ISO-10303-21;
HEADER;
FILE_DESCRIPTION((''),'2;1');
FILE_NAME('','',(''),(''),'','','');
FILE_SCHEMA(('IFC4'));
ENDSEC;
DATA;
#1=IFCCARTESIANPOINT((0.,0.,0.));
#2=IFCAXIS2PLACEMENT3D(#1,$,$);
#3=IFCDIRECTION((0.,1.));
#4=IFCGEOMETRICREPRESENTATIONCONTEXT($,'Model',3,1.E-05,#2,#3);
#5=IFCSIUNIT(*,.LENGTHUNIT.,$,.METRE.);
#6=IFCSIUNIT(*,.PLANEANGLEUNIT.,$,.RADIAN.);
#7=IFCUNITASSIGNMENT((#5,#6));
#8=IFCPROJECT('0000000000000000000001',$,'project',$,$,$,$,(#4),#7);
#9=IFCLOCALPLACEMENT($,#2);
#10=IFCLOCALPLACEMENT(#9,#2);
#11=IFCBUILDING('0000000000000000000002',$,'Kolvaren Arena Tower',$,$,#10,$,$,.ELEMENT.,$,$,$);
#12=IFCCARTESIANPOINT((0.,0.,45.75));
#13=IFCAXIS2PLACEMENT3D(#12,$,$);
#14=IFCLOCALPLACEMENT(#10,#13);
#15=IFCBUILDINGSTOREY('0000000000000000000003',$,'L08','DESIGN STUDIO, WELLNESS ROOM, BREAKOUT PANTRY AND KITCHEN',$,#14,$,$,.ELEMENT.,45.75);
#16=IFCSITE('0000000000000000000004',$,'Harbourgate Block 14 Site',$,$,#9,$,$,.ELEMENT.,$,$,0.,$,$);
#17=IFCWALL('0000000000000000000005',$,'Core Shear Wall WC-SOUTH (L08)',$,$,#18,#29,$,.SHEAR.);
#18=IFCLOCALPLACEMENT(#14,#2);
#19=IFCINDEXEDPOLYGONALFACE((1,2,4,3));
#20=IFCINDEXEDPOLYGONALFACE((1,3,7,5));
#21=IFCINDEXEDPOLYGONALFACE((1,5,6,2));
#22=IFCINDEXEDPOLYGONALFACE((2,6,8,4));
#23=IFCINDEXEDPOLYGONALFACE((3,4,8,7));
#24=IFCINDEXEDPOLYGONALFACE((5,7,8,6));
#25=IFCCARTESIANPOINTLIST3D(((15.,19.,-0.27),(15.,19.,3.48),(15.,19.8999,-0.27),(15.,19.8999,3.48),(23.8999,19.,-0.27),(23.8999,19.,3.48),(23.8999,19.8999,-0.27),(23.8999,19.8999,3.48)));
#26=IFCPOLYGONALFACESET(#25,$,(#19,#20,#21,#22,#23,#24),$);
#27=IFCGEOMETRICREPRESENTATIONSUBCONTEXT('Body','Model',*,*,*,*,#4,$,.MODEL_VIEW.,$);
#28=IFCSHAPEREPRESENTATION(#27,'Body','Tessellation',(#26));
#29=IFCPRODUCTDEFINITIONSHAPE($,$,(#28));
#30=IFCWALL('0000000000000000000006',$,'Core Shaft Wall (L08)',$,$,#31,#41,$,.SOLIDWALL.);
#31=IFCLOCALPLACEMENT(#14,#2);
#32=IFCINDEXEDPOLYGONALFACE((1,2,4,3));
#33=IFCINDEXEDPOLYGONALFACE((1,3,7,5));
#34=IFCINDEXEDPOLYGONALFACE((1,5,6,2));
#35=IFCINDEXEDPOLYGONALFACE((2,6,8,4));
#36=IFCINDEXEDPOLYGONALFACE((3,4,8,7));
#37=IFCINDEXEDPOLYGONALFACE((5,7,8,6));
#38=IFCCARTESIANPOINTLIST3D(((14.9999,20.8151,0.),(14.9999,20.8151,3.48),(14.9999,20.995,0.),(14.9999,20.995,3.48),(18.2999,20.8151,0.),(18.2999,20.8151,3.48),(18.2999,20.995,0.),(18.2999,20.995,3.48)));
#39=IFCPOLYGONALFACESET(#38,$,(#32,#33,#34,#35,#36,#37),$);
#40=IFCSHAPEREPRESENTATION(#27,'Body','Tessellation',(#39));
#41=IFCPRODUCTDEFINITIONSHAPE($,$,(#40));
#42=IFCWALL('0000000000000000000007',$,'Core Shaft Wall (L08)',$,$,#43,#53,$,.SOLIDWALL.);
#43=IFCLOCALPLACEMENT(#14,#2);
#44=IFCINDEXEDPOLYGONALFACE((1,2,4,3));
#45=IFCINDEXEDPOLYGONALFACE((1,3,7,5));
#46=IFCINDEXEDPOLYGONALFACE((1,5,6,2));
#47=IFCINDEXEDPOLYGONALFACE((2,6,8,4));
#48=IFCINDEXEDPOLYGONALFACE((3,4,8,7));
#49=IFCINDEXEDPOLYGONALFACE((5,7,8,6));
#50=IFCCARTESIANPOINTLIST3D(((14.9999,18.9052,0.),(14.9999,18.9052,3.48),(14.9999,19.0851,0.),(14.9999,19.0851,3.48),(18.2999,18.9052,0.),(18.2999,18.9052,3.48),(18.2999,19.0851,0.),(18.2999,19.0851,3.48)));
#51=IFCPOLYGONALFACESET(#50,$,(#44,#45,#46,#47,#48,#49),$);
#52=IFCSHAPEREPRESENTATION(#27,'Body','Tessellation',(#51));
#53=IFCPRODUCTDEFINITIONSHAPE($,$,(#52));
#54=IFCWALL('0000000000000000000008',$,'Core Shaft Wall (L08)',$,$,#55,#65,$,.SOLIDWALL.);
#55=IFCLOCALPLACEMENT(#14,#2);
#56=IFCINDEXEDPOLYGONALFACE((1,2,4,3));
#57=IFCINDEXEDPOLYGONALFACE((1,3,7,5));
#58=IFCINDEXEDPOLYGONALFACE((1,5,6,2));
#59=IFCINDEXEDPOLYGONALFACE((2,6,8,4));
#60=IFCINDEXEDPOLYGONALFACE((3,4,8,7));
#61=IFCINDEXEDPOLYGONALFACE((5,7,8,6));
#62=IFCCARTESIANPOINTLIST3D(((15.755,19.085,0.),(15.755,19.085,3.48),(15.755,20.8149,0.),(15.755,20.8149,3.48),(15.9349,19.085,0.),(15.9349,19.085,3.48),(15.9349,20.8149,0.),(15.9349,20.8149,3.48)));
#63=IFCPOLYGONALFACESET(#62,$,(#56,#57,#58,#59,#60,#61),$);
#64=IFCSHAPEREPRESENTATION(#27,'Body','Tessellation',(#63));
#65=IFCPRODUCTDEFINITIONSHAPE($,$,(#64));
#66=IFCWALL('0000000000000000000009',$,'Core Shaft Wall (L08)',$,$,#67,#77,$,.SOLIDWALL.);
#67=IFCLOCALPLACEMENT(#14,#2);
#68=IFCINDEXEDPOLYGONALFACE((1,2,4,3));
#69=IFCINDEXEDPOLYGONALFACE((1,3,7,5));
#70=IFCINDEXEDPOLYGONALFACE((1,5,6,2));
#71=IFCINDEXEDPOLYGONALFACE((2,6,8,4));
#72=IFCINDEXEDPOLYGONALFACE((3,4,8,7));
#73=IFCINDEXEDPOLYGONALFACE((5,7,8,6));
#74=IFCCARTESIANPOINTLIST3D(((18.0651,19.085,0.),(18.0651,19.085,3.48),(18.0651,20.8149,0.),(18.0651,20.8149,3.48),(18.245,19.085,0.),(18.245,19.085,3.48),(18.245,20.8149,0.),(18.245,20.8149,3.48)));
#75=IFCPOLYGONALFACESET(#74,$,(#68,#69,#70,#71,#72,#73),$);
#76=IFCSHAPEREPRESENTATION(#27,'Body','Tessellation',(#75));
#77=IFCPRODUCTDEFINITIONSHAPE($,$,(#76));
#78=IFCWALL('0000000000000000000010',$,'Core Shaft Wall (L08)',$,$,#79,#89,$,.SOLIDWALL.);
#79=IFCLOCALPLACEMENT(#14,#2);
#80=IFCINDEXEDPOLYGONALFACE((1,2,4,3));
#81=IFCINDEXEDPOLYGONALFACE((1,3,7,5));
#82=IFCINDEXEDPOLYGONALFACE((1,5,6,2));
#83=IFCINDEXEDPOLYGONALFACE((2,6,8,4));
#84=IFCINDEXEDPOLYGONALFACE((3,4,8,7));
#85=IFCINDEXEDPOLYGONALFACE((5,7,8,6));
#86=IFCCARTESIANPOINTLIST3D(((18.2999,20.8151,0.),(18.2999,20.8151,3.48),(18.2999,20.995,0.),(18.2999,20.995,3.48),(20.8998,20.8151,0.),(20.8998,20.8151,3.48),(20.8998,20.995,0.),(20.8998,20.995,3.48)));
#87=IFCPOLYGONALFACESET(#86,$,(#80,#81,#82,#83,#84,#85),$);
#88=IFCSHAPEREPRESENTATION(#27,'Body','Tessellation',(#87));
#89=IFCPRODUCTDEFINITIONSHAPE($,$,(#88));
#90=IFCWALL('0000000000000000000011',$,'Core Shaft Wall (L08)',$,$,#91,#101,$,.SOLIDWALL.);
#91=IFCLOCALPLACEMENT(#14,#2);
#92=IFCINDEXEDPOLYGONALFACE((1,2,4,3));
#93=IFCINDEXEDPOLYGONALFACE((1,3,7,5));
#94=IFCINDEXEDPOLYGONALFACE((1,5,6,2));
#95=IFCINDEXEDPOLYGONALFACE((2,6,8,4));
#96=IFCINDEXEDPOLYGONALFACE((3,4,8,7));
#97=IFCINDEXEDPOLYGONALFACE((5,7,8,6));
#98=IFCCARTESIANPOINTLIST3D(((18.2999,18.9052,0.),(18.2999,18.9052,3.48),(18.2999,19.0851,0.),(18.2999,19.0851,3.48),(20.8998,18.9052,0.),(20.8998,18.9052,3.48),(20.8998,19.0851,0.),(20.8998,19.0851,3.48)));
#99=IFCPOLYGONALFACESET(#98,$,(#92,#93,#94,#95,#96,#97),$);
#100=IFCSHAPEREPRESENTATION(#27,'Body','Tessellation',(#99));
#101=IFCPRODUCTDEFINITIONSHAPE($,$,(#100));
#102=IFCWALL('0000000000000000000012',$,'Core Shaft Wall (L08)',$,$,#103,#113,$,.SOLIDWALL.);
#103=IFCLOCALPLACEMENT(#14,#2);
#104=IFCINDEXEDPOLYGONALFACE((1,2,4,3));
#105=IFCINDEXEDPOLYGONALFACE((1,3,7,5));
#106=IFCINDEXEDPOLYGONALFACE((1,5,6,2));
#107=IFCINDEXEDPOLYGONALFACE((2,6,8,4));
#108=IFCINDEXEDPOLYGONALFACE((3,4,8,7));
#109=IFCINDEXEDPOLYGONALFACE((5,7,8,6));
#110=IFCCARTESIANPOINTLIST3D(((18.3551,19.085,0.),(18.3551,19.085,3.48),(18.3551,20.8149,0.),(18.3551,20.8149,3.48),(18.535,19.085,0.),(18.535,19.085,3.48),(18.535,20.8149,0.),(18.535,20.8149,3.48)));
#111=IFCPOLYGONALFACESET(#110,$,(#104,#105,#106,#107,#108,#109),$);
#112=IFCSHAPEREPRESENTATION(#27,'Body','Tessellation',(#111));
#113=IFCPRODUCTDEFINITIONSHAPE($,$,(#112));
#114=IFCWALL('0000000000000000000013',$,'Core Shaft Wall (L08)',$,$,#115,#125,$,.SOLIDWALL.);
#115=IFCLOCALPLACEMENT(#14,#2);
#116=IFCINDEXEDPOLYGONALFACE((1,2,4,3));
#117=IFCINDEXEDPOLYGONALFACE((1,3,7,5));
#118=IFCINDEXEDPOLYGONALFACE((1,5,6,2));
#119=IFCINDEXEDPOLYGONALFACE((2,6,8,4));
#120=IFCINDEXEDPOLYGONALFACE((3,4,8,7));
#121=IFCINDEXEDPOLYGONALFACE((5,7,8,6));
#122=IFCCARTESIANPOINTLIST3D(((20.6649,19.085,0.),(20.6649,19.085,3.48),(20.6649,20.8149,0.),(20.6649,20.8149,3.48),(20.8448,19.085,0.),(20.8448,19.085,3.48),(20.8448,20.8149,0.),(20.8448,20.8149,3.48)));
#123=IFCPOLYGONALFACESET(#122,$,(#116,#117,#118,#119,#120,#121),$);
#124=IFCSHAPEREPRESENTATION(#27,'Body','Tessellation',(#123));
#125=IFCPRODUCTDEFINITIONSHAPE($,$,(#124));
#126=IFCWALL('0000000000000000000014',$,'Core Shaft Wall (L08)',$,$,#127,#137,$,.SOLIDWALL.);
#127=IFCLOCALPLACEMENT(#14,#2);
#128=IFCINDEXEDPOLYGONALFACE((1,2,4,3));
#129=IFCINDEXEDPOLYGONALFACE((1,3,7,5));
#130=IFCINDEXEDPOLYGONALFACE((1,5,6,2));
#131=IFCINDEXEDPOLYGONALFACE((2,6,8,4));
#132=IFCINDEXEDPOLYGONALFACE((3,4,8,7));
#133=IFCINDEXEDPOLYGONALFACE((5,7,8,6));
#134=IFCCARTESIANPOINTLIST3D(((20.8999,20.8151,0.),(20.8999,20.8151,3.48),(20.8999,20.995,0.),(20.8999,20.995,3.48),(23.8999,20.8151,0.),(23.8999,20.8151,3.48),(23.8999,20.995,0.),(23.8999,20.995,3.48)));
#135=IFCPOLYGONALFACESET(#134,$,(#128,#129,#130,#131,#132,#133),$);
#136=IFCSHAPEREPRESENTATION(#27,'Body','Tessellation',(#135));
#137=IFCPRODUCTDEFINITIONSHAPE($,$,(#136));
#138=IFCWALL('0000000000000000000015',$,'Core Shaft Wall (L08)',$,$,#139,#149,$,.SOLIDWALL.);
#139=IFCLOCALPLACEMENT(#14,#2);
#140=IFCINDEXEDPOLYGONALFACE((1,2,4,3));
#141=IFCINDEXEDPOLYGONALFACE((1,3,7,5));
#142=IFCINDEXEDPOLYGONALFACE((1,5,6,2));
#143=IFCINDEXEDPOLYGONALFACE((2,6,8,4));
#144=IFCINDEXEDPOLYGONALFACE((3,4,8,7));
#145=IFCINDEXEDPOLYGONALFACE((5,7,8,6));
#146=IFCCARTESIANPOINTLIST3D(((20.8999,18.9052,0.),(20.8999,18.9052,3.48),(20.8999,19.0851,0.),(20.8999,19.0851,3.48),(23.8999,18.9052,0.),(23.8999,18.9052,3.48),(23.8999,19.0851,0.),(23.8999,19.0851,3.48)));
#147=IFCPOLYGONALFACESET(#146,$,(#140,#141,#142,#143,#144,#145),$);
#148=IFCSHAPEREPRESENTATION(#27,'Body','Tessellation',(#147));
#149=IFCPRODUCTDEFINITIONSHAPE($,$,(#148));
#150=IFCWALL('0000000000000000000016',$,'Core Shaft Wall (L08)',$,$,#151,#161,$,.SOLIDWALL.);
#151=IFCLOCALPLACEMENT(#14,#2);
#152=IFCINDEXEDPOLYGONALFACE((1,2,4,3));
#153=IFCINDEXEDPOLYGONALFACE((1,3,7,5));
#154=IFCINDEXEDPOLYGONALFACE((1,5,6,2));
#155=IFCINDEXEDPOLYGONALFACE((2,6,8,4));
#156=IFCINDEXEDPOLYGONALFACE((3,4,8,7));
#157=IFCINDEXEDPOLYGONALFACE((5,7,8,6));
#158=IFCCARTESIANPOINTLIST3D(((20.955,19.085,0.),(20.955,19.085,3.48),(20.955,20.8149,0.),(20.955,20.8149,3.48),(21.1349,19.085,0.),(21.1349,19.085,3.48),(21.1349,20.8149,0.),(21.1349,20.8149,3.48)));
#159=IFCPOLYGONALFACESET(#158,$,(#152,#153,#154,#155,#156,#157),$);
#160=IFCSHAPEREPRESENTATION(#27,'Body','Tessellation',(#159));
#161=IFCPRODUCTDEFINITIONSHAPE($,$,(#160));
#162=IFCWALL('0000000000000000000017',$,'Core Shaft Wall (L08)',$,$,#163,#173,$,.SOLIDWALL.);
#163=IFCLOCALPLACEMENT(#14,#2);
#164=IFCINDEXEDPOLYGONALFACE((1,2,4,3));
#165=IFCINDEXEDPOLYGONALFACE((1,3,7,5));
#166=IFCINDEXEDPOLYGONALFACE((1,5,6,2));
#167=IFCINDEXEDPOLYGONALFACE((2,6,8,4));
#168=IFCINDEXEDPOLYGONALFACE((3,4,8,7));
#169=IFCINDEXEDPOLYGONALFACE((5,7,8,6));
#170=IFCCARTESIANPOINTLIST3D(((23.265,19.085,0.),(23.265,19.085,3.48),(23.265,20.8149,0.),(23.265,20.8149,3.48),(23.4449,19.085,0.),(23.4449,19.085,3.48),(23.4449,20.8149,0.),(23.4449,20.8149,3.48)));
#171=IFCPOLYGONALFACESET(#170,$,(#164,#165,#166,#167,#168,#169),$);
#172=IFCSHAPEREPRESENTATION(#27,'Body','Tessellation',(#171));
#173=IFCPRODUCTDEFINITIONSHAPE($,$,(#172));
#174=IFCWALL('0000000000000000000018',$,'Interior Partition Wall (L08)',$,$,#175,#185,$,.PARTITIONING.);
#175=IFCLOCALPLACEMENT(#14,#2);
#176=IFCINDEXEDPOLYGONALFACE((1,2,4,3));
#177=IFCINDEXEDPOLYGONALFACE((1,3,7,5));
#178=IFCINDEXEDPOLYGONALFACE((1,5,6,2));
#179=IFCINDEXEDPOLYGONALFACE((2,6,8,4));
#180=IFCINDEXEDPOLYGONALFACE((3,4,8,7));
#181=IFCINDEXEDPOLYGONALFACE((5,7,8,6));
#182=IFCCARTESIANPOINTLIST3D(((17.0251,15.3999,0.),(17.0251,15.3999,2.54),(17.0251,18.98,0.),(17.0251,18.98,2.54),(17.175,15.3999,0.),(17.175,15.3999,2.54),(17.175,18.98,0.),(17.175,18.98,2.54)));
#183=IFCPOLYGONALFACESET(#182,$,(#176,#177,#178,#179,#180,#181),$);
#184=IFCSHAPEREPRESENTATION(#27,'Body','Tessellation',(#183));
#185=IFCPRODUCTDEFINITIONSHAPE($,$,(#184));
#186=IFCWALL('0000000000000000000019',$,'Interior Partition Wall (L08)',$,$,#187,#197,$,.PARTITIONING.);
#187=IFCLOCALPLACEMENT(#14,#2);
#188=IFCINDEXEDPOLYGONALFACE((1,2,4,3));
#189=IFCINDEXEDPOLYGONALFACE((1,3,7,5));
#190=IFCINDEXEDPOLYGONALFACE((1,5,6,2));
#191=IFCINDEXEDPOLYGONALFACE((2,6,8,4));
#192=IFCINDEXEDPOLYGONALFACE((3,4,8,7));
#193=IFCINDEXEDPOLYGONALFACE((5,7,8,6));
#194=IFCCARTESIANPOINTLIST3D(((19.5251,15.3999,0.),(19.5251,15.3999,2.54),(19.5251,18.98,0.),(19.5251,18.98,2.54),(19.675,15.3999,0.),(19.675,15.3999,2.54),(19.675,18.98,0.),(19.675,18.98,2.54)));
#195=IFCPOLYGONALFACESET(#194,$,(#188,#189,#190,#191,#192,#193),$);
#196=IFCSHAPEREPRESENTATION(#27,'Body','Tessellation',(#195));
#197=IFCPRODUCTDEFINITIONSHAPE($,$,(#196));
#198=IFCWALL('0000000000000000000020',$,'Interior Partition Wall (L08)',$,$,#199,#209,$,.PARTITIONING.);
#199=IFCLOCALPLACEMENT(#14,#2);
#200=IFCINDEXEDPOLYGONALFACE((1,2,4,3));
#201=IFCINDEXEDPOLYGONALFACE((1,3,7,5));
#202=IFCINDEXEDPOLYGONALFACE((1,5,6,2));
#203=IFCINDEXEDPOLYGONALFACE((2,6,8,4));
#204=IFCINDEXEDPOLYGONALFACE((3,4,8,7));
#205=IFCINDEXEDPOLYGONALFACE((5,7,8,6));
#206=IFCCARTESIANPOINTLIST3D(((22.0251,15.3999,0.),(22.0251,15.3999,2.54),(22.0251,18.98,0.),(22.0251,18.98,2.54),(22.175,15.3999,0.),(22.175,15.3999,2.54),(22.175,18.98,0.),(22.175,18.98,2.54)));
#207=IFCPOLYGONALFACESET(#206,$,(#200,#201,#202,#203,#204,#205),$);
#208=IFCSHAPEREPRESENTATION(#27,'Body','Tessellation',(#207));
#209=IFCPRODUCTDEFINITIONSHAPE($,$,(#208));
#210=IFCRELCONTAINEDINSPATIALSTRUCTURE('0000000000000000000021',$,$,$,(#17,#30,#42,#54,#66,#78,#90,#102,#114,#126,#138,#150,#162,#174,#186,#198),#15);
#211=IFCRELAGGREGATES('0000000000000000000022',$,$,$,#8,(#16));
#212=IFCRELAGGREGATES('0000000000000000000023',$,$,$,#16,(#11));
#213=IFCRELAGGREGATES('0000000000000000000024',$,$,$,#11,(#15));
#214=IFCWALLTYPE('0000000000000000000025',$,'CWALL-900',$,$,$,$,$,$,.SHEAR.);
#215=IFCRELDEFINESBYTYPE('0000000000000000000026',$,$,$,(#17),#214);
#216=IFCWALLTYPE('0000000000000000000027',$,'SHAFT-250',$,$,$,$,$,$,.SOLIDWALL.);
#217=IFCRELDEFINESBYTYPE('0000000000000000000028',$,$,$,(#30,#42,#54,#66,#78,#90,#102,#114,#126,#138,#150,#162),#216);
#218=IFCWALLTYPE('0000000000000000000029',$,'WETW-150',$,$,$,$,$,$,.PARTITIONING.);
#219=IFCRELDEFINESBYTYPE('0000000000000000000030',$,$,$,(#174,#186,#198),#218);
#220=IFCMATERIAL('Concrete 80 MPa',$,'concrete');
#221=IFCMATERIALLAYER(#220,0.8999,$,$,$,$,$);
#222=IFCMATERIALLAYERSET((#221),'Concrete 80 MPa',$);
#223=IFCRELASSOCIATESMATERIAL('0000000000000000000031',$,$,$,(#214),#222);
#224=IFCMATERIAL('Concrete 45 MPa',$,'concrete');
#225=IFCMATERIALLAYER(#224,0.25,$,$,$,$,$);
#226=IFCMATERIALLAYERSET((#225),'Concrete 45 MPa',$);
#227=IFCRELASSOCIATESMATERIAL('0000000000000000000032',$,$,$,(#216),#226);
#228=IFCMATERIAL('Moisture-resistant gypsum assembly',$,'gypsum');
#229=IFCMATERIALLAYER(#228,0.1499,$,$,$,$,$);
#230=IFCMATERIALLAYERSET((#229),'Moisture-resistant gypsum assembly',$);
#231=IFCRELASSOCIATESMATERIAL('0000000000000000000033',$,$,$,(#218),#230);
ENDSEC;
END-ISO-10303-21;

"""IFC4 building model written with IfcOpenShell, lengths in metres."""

from ifc_helpers import new_model, si_unit, direction, frame, frame_2d, origin, place, context, subcontext, project, spatial, rectangle, extrude, material, layer, layer_set, type_object, element, save


model = new_model("IFC4")

# Units and contexts
model_context = context("Model", 3, precision=1e-05, world=origin(), true_north=direction((0.0, 1.0)))
body_context = subcontext(model_context, "Body", "Model", "MODEL_VIEW")
ifc_project = project(units=[si_unit("LENGTHUNIT", "METRE"), si_unit("PLANEANGLEUNIT", "RADIAN")], contexts=[model_context])

# Site, building, storey
site_placement = place(None, origin())
site = spatial("IfcSite", under=ifc_project, at=site_placement, Name="Harbourgate Block 14 Site", CompositionType="ELEMENT", RefElevation=0.0)
building_placement = place(site_placement, origin())
building = spatial("IfcBuilding", under=site, at=building_placement, Name="Kolvaren Arena Tower", CompositionType="ELEMENT")
storey_placement = place(building_placement, frame((0.0, 0.0, 45.75)))
storey = spatial("IfcBuildingStorey", under=building, at=storey_placement, Name="L08", Description="DESIGN STUDIO, WELLNESS ROOM, BREAKOUT PANTRY AND KITCHEN", CompositionType="ELEMENT", Elevation=45.75)

# Shared definitions
ifc_material_1 = material(Name="Concrete 80 MPa", Category="concrete")
ifc_layer_1 = layer(ifc_material_1, 0.8999)
ifc_layer_set_1 = layer_set([ifc_layer_1], Name="Concrete 80 MPa")
wall_type_1 = type_object("IfcWallType", Name="CWALL-900", PredefinedType="SHEAR", material=ifc_layer_set_1)

# Walls
wall_1_placement = place(storey_placement, frame((15.0, 19.45, -0.27), z_axis=(0.0, 0.0, 1.0), x_axis=(1.0, 0.0, 0.0)))
element("IfcWall", 1, at=wall_1_placement, inside=storey, type_object=wall_type_1, Name="Core Shear Wall WC-SOUTH (L08)", PredefinedType="SHEAR", context=body_context, shape_type="SweptSolid", body=[
    extrude(rectangle(XDim=8.8999, YDim=0.8999, at=frame_2d((4.45, 0.0))), origin(), (0.0, 0.0, 1.0), 3.75),
])
ifc_material_2 = material(Name="Concrete 45 MPa", Category="concrete")
ifc_layer_2 = layer(ifc_material_2, 0.25)
ifc_layer_set_2 = layer_set([ifc_layer_2], Name="Concrete 45 MPa")
wall_type_2 = type_object("IfcWallType", Name="SHAFT-250", PredefinedType="SOLIDWALL", material=ifc_layer_set_2)
for number, where, z_axis, x_axis, name in (
    (2, (15.0, 20.905, 0.0), (0.0, 0.0, 1.0), (1.0, 0.0, 0.0), "Core Shaft Wall (L08)"),
    (3, (15.0, 18.9951, 0.0), (0.0, 0.0, 1.0), (1.0, 0.0, 0.0), "Core Shaft Wall (L08)"),
):
    element("IfcWall", number, at=place(storey_placement, frame(where, z_axis=z_axis, x_axis=x_axis)), inside=storey, type_object=wall_type_2, Name=name, PredefinedType="SOLIDWALL", context=body_context, shape_type="SweptSolid", body=[
        extrude(rectangle(XDim=3.3, YDim=0.1799, at=frame_2d((1.6499, 0.0))), origin(), (0.0, 0.0, 1.0), 3.48),
    ])
for number, where, z_axis, x_axis, name in (
    (4, (15.845, 19.085, 0.0), (0.0, 0.0, 1.0), (0.0, 1.0, 0.0), "Core Shaft Wall (L08)"),
    (5, (18.155, 19.085, 0.0), (0.0, 0.0, 1.0), (0.0, 1.0, 0.0), "Core Shaft Wall (L08)"),
):
    element("IfcWall", number, at=place(storey_placement, frame(where, z_axis=z_axis, x_axis=x_axis)), inside=storey, type_object=wall_type_2, Name=name, PredefinedType="SOLIDWALL", context=body_context, shape_type="SweptSolid", body=[
        extrude(rectangle(XDim=1.73, YDim=0.1799, at=frame_2d((0.865, 0.0))), origin(), (0.0, 0.0, 1.0), 3.48),
    ])
for number, where, z_axis, x_axis, name in (
    (6, (18.3, 20.905, 0.0), (0.0, 0.0, 1.0), (1.0, 0.0, 0.0), "Core Shaft Wall (L08)"),
    (7, (18.3, 18.9951, 0.0), (0.0, 0.0, 1.0), (1.0, 0.0, 0.0), "Core Shaft Wall (L08)"),
):
    element("IfcWall", number, at=place(storey_placement, frame(where, z_axis=z_axis, x_axis=x_axis)), inside=storey, type_object=wall_type_2, Name=name, PredefinedType="SOLIDWALL", context=body_context, shape_type="SweptSolid", body=[
        extrude(rectangle(XDim=2.5999, YDim=0.1799, at=frame_2d((1.2998, 0.0))), origin(), (0.0, 0.0, 1.0), 3.48),
    ])
for number, where, z_axis, x_axis, name in (
    (8, (18.4451, 19.085, 0.0), (0.0, 0.0, 1.0), (0.0, 1.0, 0.0), "Core Shaft Wall (L08)"),
    (9, (20.7549, 19.085, 0.0), (0.0, 0.0, 1.0), (0.0, 1.0, 0.0), "Core Shaft Wall (L08)"),
):
    element("IfcWall", number, at=place(storey_placement, frame(where, z_axis=z_axis, x_axis=x_axis)), inside=storey, type_object=wall_type_2, Name=name, PredefinedType="SOLIDWALL", context=body_context, shape_type="SweptSolid", body=[
        extrude(rectangle(XDim=1.73, YDim=0.1799, at=frame_2d((0.865, 0.0))), origin(), (0.0, 0.0, 1.0), 3.48),
    ])
for number, where, z_axis, x_axis, name in (
    (10, (20.8999, 20.905, 0.0), (0.0, 0.0, 1.0), (1.0, 0.0, 0.0), "Core Shaft Wall (L08)"),
    (11, (20.8999, 18.9951, 0.0), (0.0, 0.0, 1.0), (1.0, 0.0, 0.0), "Core Shaft Wall (L08)"),
):
    element("IfcWall", number, at=place(storey_placement, frame(where, z_axis=z_axis, x_axis=x_axis)), inside=storey, type_object=wall_type_2, Name=name, PredefinedType="SOLIDWALL", context=body_context, shape_type="SweptSolid", body=[
        extrude(rectangle(XDim=3.0, YDim=0.1799, at=frame_2d((1.5, 0.0))), origin(), (0.0, 0.0, 1.0), 3.48),
    ])
for number, where, z_axis, x_axis, name in (
    (12, (21.0449, 19.085, 0.0), (0.0, 0.0, 1.0), (0.0, 1.0, 0.0), "Core Shaft Wall (L08)"),
    (13, (23.355, 19.085, 0.0), (0.0, 0.0, 1.0), (0.0, 1.0, 0.0), "Core Shaft Wall (L08)"),
):
    element("IfcWall", number, at=place(storey_placement, frame(where, z_axis=z_axis, x_axis=x_axis)), inside=storey, type_object=wall_type_2, Name=name, PredefinedType="SOLIDWALL", context=body_context, shape_type="SweptSolid", body=[
        extrude(rectangle(XDim=1.73, YDim=0.1799, at=frame_2d((0.865, 0.0))), origin(), (0.0, 0.0, 1.0), 3.48),
    ])
ifc_material_3 = material(Name="Moisture-resistant gypsum assembly", Category="gypsum")
ifc_layer_3 = layer(ifc_material_3, 0.1499)
ifc_layer_set_3 = layer_set([ifc_layer_3], Name="Moisture-resistant gypsum assembly")
wall_type_3 = type_object("IfcWallType", Name="WETW-150", PredefinedType="PARTITIONING", material=ifc_layer_set_3)
for number, where, z_axis, x_axis, name in (
    (14, (17.1001, 15.3999, 0.0), (0.0, 0.0, 1.0), (0.0, 1.0, 0.0), "Interior Partition Wall (L08)"),
    (15, (19.6001, 15.3999, 0.0), (0.0, 0.0, 1.0), (0.0, 1.0, 0.0), "Interior Partition Wall (L08)"),
    (16, (22.1001, 15.3999, 0.0), (0.0, 0.0, 1.0), (0.0, 1.0, 0.0), "Interior Partition Wall (L08)"),
):
    element("IfcWall", number, at=place(storey_placement, frame(where, z_axis=z_axis, x_axis=x_axis)), inside=storey, type_object=wall_type_3, Name=name, PredefinedType="PARTITIONING", context=body_context, shape_type="SweptSolid", body=[
        extrude(rectangle(XDim=3.5801, YDim=0.1499, at=frame_2d((1.79, 0.0))), origin(), (0.0, 0.0, 1.0), 2.54),
    ])

save(model, "model.ifc")
